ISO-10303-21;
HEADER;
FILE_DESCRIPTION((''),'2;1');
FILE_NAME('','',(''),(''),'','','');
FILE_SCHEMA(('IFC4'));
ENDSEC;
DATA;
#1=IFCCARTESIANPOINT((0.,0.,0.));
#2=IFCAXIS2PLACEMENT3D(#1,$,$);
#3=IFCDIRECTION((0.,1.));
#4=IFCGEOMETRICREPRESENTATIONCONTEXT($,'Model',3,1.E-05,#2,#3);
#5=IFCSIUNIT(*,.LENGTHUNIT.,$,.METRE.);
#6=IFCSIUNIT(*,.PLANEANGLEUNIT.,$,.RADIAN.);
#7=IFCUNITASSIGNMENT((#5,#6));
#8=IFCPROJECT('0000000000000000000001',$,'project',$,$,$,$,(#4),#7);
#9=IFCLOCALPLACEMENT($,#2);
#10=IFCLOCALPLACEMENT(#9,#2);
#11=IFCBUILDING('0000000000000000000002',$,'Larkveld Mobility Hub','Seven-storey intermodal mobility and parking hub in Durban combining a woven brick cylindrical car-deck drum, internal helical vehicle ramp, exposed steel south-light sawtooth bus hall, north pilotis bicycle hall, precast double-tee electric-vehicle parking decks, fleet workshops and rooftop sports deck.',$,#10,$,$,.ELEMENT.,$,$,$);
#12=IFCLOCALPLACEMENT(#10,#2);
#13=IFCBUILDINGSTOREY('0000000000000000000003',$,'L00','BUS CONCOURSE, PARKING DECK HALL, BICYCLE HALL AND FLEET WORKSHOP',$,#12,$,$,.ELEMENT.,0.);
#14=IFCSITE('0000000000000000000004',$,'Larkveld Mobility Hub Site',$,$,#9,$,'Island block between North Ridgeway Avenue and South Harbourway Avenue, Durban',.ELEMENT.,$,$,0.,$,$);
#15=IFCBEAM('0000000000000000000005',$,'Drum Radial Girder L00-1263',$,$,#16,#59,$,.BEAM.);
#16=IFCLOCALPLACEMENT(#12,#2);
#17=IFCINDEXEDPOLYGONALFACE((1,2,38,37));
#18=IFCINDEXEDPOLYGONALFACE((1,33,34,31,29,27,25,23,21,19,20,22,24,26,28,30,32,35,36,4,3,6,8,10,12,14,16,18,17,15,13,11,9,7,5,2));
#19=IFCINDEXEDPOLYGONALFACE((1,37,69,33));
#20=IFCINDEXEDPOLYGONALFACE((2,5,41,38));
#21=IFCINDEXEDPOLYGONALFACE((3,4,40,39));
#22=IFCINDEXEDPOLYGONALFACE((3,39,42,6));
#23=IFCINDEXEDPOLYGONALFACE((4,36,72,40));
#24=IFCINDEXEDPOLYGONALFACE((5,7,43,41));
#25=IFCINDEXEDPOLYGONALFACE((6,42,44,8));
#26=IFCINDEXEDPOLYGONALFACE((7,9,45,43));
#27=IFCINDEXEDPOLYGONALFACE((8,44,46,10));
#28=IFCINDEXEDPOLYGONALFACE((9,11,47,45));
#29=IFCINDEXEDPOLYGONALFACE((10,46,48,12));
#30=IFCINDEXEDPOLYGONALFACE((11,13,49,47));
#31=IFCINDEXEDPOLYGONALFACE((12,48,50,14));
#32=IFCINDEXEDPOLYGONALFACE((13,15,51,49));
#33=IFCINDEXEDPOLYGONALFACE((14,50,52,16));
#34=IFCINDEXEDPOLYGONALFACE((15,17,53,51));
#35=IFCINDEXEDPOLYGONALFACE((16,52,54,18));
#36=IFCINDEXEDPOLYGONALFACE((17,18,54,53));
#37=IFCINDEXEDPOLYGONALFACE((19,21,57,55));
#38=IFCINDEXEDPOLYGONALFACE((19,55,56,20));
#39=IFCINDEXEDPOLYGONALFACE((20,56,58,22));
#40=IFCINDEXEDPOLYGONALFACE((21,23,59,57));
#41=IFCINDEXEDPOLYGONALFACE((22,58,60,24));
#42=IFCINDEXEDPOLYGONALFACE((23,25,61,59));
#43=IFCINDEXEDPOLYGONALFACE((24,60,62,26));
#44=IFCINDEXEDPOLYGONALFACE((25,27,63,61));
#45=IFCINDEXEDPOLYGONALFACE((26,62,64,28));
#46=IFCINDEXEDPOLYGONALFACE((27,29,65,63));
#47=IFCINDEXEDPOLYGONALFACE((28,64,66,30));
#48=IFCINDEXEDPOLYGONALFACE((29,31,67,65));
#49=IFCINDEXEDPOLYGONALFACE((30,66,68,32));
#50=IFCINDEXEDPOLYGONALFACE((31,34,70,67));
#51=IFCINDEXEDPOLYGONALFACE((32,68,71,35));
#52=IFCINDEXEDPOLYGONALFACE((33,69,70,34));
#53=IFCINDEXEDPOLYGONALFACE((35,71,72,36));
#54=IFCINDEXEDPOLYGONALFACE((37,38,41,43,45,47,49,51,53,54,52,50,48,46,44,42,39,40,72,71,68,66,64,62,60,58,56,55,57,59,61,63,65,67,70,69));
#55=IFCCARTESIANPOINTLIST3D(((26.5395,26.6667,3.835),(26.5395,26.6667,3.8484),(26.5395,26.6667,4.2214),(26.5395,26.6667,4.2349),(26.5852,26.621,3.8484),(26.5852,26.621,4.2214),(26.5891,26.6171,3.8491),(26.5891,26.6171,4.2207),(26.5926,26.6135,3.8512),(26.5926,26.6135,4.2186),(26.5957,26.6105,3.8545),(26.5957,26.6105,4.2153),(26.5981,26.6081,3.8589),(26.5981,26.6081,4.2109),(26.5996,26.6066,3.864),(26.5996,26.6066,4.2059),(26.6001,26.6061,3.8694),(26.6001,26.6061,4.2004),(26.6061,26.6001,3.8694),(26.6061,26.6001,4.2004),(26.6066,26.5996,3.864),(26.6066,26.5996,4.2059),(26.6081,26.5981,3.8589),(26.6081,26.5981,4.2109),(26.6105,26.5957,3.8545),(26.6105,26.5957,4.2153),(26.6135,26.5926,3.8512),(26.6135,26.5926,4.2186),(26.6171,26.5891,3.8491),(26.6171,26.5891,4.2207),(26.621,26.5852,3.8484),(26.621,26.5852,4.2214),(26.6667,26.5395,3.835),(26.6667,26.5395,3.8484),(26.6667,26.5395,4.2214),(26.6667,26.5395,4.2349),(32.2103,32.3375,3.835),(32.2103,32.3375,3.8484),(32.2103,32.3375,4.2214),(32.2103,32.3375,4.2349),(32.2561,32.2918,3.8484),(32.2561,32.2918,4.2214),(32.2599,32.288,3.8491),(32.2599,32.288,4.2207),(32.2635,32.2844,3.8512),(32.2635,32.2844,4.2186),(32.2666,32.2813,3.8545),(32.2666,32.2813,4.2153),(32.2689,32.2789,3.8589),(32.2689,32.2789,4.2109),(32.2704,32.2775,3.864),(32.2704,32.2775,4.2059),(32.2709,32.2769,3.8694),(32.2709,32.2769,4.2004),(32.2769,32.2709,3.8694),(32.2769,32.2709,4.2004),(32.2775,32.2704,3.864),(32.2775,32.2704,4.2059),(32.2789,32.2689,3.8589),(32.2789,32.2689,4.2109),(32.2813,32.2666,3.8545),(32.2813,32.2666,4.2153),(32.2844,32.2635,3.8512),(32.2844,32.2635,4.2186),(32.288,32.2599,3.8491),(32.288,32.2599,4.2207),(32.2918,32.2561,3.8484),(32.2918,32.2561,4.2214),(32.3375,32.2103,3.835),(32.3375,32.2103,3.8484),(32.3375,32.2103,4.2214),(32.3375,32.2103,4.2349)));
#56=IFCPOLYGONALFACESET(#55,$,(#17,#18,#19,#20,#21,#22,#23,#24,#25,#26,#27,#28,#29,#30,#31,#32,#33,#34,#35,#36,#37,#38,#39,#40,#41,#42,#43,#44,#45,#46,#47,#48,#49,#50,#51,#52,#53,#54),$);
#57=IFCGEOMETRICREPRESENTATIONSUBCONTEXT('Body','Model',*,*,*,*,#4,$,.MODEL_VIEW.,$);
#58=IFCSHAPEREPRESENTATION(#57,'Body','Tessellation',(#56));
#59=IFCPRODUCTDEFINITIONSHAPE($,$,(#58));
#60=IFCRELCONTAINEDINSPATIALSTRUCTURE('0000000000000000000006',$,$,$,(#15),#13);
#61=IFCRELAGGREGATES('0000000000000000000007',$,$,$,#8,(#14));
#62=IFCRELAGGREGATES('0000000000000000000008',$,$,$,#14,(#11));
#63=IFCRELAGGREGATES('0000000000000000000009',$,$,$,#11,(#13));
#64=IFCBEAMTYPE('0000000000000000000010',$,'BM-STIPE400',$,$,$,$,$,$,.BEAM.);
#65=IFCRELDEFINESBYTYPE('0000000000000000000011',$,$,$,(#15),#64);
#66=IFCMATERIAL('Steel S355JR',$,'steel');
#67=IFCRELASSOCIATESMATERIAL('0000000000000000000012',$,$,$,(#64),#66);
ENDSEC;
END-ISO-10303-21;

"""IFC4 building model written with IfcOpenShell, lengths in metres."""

from ifc_helpers import new_model, si_unit, direction, frame, origin, origin_2d, place, context, subcontext, project, spatial, i_section, extrude, material, material_profile, profile_set, type_object, element, save


model = new_model("IFC4")

# Units and contexts
model_context = context("Model", 3, precision=1e-05, world=origin(), true_north=direction((0.0, 1.0)))
body_context = subcontext(model_context, "Body", "Model", "MODEL_VIEW")
ifc_project = project(units=[si_unit("LENGTHUNIT", "METRE"), si_unit("PLANEANGLEUNIT", "RADIAN")], contexts=[model_context])

# Site, building, storey
site_placement = place(None, origin())
site = spatial("IfcSite", under=ifc_project, at=site_placement, Name="Larkveld Mobility Hub Site", LongName="Island block between North Ridgeway Avenue and South Harbourway Avenue, Durban", CompositionType="ELEMENT", RefElevation=0.0)
building_placement = place(site_placement, origin())
building = spatial("IfcBuilding", under=site, at=building_placement, Name="Larkveld Mobility Hub", Description="Seven-storey intermodal mobility and parking hub in Durban combining a woven brick cylindrical car-deck drum, internal helical vehicle ramp, exposed steel south-light sawtooth bus hall, north pilotis bicycle hall, precast double-tee electric-vehicle parking decks, fleet workshops and rooftop sports deck.", CompositionType="ELEMENT")
storey_placement = place(building_placement, origin())
storey = spatial("IfcBuildingStorey", under=building, at=storey_placement, Name="L00", Description="BUS CONCOURSE, PARKING DECK HALL, BICYCLE HALL AND FLEET WORKSHOP", CompositionType="ELEMENT", Elevation=0.0)

# Beam
ifc_material_1 = material(Name="Steel S355JR", Category="steel")
ifc_material_profile_1 = material_profile(ifc_material_1, i_section(OverallWidth=0.1799, OverallDepth=0.3999, WebThickness=0.0085, FlangeThickness=0.0134, FilletRadius=0.021, at=origin_2d()), Name="IPE 400")
ifc_profile_set_1 = profile_set([ifc_material_profile_1], Name="Steel S355JR")
beam_type_1 = type_object("IfcBeamType", Name="BM-STIPE400", PredefinedType="BEAM", material=ifc_profile_set_1)
beam_1_placement = place(storey_placement, frame((32.2739, 32.2739, 4.0349), z_axis=(-0.707107, -0.707107, 0.0), x_axis=(0.707107, -0.707107, 0.0)))
element("IfcBeam", 1, at=beam_1_placement, inside=storey, type_object=beam_type_1, Name="Drum Radial Girder L00-1263", PredefinedType="BEAM", context=body_context, shape_type="SweptSolid", body=[
    extrude(i_section(OverallWidth=0.1799, OverallDepth=0.3999, WebThickness=0.0085, FlangeThickness=0.0134, FilletRadius=0.021, at=origin_2d()), origin(), (0.0, 0.0, 1.0), 8.0198),
])

save(model, "model.ifc")
